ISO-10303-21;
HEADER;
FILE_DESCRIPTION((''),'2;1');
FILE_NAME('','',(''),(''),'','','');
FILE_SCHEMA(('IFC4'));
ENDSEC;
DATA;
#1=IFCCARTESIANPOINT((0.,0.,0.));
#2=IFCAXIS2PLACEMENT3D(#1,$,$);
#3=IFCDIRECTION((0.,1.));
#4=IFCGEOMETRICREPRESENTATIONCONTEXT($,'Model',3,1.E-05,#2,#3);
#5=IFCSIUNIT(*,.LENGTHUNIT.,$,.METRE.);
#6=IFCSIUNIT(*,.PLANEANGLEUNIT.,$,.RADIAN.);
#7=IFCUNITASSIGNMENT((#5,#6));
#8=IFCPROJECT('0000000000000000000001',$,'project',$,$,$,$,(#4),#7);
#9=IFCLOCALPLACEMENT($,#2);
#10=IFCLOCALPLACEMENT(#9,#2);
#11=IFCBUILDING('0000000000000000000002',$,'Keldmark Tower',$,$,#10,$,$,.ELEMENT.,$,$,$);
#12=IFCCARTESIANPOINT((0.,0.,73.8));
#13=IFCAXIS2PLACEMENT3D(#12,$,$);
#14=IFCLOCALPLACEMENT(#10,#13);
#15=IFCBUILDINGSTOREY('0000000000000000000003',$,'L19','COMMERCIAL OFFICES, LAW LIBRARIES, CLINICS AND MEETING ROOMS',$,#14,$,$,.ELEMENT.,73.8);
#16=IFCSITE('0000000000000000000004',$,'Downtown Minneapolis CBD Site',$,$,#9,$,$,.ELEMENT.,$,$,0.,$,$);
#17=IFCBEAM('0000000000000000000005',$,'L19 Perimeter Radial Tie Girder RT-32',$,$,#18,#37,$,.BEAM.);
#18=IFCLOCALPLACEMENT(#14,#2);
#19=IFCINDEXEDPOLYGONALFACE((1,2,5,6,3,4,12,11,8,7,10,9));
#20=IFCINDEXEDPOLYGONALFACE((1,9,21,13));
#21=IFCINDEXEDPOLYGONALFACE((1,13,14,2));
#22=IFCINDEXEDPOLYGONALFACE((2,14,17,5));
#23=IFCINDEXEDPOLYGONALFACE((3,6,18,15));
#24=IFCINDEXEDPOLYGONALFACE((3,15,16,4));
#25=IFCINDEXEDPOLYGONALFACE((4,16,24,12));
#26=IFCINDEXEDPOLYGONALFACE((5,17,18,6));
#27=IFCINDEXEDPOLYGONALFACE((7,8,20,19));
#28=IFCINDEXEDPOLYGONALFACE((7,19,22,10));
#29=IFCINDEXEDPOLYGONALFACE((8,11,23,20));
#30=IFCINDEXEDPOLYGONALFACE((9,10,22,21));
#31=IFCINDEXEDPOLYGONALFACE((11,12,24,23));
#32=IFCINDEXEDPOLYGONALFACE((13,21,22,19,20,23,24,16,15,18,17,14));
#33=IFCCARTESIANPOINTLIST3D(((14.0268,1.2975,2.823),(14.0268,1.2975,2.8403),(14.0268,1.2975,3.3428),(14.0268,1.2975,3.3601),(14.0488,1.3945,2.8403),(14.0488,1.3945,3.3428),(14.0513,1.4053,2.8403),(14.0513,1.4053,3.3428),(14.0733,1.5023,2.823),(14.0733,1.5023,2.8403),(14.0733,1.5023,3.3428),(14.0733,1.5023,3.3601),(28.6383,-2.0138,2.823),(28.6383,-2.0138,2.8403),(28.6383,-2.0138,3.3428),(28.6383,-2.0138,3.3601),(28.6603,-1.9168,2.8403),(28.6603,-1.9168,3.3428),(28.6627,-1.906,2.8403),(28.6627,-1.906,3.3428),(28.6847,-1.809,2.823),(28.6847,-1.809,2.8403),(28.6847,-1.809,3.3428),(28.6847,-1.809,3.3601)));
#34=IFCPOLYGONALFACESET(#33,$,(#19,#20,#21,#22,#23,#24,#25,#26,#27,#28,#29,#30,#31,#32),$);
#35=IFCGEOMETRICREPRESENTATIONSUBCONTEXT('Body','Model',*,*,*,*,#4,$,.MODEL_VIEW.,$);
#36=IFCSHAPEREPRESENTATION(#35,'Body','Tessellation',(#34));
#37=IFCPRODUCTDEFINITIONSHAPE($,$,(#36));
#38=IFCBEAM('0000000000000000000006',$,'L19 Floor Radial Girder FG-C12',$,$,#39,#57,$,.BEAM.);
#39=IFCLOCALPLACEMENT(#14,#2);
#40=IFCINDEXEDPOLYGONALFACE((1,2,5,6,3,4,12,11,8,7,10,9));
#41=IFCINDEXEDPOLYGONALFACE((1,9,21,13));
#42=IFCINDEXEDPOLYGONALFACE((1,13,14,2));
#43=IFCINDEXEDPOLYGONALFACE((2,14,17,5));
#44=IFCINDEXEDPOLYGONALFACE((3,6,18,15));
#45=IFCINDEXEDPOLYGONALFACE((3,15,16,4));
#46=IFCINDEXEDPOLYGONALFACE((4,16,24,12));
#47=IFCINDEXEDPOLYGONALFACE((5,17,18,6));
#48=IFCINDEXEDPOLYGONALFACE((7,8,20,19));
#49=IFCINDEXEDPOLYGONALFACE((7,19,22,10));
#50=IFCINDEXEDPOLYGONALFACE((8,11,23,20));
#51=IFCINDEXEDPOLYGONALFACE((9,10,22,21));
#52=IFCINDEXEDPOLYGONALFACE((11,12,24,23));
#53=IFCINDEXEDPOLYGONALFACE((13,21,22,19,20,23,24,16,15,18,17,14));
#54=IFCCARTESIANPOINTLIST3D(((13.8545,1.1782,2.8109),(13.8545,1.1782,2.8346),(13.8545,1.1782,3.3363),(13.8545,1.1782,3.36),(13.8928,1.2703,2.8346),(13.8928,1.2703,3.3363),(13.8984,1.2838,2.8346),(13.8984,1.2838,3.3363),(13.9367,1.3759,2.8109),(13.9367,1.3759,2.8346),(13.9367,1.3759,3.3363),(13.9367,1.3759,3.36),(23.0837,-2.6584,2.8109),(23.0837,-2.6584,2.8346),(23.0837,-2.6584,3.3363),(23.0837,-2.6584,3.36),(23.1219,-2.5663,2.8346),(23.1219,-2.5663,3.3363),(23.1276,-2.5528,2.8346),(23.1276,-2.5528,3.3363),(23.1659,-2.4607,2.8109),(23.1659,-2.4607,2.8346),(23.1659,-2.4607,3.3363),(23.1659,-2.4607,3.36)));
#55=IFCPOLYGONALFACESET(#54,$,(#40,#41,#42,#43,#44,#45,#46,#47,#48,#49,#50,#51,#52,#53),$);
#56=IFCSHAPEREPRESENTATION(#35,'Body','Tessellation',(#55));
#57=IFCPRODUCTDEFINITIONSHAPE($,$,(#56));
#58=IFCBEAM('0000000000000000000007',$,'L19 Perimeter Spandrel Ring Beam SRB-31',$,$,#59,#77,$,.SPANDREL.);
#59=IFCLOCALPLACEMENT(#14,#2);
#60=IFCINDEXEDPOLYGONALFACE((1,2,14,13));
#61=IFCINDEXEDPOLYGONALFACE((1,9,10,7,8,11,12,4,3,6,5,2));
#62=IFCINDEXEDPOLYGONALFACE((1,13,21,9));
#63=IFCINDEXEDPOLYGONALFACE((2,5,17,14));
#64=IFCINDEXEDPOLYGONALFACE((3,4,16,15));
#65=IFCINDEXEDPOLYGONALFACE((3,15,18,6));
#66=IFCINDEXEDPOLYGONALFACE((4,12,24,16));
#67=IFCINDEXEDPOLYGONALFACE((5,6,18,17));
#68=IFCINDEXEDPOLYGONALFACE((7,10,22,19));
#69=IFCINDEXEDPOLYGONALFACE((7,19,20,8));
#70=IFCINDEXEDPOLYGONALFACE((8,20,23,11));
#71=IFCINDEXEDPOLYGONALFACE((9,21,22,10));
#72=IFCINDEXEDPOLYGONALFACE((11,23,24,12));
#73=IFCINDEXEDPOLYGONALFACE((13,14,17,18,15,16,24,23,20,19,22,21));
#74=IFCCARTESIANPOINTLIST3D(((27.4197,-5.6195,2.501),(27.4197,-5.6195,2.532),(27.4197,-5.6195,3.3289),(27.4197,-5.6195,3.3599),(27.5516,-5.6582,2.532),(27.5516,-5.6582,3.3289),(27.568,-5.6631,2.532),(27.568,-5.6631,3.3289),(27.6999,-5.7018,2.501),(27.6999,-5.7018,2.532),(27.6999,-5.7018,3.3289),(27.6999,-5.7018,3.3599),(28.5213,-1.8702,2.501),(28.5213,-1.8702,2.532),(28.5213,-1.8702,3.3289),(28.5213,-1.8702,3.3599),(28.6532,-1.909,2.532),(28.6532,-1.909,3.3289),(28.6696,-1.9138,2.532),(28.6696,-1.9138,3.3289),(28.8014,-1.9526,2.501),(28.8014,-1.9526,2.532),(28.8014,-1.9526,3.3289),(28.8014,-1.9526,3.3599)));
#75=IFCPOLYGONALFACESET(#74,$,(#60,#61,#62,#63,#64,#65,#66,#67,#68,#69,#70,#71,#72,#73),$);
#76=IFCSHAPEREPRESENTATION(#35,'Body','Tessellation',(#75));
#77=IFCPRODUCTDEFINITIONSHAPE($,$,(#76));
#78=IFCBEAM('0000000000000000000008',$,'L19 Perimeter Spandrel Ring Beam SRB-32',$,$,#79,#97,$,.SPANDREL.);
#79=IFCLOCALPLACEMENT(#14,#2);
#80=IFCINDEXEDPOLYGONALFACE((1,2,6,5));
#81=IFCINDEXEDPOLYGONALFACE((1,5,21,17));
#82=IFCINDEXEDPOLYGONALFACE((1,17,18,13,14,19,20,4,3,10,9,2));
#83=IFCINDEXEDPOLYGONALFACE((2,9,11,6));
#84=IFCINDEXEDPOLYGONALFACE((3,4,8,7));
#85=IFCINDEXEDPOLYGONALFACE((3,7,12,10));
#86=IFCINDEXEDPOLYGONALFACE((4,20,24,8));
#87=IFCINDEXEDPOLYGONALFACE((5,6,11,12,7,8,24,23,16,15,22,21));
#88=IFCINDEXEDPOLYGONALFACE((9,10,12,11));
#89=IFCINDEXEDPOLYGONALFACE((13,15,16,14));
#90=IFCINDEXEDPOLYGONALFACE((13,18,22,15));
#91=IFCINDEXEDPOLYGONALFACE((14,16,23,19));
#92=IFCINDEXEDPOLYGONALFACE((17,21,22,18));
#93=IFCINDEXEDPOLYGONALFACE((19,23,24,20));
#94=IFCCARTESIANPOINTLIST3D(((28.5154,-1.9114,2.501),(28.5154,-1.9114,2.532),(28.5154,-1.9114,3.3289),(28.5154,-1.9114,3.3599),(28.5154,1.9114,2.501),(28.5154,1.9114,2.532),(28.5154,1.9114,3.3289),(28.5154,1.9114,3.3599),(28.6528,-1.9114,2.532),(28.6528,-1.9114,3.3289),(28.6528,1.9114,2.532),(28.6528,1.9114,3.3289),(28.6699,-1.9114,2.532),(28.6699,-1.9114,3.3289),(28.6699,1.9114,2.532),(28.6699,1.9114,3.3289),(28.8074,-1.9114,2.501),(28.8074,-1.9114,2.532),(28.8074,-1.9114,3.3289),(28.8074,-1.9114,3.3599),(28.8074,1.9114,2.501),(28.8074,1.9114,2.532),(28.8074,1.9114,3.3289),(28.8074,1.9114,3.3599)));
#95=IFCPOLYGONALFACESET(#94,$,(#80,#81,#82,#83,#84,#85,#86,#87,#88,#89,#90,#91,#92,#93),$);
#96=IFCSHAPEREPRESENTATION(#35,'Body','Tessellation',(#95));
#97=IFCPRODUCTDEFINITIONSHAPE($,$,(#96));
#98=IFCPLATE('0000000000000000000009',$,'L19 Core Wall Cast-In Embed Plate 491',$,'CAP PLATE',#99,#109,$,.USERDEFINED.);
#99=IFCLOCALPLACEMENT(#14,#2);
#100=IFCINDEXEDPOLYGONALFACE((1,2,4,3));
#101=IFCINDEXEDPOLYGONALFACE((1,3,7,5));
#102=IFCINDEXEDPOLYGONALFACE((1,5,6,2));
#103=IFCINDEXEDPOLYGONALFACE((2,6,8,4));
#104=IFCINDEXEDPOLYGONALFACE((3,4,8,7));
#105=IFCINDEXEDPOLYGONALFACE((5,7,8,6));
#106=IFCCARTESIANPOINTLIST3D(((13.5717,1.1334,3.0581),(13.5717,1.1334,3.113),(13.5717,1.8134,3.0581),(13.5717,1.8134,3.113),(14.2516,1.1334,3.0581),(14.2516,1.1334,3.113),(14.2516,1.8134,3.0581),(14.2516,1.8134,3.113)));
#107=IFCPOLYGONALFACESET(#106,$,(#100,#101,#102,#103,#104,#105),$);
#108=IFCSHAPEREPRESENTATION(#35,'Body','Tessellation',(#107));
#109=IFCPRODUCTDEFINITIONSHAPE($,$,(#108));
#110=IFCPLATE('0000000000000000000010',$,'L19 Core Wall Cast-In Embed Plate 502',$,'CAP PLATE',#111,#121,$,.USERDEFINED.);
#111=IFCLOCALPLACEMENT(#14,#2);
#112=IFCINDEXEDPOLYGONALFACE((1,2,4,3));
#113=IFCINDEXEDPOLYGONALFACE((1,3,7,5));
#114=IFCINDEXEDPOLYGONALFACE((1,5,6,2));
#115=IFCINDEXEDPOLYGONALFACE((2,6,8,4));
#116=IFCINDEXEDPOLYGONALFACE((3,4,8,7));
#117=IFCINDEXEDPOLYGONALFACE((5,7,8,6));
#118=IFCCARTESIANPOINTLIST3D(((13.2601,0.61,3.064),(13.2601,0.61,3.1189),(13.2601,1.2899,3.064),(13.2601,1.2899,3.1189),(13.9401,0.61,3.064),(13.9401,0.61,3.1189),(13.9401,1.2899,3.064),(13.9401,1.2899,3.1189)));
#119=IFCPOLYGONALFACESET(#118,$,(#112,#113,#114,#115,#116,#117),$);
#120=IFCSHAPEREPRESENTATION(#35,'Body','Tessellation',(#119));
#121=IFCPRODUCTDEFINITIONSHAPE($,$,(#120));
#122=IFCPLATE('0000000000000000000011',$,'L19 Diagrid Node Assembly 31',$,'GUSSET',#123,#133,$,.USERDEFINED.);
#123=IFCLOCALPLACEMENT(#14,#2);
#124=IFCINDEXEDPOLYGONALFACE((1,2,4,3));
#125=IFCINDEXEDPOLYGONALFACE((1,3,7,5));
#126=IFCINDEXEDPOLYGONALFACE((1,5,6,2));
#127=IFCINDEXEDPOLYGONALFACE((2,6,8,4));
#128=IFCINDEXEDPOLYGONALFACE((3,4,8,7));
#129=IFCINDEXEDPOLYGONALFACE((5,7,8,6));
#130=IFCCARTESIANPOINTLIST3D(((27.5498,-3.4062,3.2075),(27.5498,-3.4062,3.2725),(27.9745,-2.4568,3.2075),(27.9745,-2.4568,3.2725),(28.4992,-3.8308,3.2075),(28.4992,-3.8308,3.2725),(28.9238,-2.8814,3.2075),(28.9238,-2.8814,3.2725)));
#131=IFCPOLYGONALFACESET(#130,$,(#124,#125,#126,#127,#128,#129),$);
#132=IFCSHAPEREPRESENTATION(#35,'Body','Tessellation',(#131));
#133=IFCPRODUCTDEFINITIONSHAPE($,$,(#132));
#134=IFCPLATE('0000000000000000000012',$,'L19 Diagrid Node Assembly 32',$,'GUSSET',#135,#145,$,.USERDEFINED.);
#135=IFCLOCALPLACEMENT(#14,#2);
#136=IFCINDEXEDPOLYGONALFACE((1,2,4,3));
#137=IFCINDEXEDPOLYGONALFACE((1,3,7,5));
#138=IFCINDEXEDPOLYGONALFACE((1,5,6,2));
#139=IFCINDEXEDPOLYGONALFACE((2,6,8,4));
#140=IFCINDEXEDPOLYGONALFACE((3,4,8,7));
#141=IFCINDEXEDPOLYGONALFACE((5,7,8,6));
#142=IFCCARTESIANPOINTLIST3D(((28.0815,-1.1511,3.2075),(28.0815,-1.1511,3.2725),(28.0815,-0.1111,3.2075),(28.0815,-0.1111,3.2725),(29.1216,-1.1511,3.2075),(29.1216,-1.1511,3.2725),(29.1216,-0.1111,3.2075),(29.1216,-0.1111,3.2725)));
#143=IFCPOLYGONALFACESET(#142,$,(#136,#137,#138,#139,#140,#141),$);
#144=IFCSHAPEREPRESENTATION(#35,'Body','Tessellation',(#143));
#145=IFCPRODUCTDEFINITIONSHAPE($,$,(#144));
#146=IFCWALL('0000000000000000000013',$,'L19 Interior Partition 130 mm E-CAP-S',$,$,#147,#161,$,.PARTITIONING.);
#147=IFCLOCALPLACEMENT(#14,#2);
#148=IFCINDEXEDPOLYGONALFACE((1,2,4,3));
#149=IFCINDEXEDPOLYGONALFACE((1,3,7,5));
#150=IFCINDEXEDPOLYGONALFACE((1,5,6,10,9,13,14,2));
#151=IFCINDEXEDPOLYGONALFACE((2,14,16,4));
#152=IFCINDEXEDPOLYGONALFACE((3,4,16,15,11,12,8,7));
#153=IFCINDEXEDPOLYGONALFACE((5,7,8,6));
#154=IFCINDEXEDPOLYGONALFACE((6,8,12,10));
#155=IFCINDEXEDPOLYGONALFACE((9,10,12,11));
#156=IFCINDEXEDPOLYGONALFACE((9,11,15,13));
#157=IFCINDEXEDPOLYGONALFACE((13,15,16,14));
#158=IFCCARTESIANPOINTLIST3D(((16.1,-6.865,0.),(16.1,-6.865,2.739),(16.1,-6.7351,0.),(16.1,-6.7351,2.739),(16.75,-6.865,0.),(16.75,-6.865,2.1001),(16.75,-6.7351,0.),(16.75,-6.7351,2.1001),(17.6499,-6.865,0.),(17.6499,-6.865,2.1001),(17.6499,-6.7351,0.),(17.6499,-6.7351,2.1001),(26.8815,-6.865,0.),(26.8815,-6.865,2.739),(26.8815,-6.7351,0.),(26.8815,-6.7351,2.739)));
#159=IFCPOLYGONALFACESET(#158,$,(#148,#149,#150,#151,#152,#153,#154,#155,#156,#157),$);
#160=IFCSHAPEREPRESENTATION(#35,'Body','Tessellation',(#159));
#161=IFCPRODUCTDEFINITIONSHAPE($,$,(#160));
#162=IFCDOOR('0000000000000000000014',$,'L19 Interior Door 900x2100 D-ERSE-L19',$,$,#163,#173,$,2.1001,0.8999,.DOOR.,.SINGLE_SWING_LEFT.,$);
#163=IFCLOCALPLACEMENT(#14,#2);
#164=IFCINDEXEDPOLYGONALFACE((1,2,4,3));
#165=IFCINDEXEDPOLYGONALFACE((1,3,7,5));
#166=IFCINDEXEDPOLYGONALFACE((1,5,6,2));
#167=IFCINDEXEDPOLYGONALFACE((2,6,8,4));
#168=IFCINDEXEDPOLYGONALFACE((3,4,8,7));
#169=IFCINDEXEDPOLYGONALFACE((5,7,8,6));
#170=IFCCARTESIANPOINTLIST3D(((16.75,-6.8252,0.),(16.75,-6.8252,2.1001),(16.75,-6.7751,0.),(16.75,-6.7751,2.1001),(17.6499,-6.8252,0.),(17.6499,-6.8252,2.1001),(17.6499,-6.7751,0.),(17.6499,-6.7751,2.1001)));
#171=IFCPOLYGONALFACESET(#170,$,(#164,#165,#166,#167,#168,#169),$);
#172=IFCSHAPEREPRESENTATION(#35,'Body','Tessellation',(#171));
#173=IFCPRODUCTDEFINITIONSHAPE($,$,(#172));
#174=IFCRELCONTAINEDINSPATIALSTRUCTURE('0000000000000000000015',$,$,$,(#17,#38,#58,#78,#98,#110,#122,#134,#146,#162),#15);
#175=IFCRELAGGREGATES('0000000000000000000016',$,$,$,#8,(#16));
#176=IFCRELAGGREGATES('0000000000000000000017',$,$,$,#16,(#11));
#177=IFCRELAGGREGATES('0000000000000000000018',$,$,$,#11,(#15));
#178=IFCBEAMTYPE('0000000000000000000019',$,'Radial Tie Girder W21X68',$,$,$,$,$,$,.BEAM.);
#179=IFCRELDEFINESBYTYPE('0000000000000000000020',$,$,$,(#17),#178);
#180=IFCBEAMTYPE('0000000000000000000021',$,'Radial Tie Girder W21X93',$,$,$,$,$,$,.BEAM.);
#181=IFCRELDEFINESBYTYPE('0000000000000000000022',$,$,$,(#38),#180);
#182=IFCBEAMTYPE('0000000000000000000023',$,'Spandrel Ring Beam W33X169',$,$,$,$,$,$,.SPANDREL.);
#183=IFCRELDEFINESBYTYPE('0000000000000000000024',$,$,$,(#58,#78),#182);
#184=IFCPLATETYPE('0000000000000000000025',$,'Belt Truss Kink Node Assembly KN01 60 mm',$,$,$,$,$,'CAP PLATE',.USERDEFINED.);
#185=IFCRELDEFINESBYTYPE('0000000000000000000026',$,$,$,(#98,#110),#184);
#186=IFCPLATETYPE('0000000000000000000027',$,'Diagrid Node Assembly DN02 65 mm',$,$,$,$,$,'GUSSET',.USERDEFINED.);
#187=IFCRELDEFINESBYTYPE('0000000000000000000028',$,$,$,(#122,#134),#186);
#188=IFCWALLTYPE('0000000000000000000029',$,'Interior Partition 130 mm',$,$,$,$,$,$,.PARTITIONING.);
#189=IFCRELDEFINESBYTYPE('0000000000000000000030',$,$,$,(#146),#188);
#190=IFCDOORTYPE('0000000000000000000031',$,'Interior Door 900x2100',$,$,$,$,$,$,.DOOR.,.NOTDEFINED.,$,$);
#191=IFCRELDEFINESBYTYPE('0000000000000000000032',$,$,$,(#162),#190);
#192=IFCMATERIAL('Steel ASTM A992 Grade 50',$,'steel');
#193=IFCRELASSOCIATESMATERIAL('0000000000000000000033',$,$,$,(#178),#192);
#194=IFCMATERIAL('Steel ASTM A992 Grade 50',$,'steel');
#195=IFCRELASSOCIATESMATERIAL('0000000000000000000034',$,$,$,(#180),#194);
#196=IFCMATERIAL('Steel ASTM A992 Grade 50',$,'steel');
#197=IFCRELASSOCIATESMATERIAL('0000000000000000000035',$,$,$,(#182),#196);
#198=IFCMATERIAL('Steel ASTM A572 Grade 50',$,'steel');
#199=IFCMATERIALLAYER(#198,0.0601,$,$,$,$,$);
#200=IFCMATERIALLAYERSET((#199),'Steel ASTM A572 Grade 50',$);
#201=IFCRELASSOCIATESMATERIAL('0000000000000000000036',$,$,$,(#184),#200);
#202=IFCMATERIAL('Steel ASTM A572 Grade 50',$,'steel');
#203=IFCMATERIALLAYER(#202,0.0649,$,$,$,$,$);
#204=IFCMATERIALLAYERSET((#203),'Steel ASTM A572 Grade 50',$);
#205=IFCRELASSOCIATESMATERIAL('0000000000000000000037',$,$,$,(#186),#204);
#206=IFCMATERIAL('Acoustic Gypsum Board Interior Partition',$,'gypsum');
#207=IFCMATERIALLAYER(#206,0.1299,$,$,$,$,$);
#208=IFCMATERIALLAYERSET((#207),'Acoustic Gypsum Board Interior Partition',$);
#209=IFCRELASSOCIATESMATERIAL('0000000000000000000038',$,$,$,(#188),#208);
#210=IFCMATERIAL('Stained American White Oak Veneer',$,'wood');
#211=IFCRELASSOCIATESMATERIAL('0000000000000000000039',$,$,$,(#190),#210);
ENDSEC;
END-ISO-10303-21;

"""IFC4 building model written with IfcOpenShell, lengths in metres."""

from ifc_helpers import new_model, si_unit, direction, frame, frame_2d, origin, origin_2d, place, context, subcontext, project, spatial, rectangle, i_section, extrude, material, layer, layer_set, material_profile, profile_set, type_object, element, fill, save


model = new_model("IFC4")

# Units and contexts
model_context = context("Model", 3, precision=1e-05, world=origin(), true_north=direction((0.0, 1.0)))
body_context = subcontext(model_context, "Body", "Model", "MODEL_VIEW")
ifc_project = project(units=[si_unit("LENGTHUNIT", "METRE"), si_unit("PLANEANGLEUNIT", "RADIAN")], contexts=[model_context])

# Site, building, storey
site_placement = place(None, origin())
site = spatial("IfcSite", under=ifc_project, at=site_placement, Name="Downtown Minneapolis CBD Site", CompositionType="ELEMENT", RefElevation=0.0)
building_placement = place(site_placement, origin())
building = spatial("IfcBuilding", under=site, at=building_placement, Name="Keldmark Tower", CompositionType="ELEMENT")
storey_placement = place(building_placement, frame((0.0, 0.0, 73.8)))
storey = spatial("IfcBuildingStorey", under=building, at=storey_placement, Name="L19", Description="COMMERCIAL OFFICES, LAW LIBRARIES, CLINICS AND MEETING ROOMS", CompositionType="ELEMENT", Elevation=73.8)

# Beams
ifc_material_1 = material(Name="Steel ASTM A992 Grade 50", Category="steel")
ifc_material_profile_1 = material_profile(ifc_material_1, i_section(OverallWidth=0.21, OverallDepth=0.5371, WebThickness=0.011, FlangeThickness=0.0173, at=origin_2d()), Name="W21X68")
ifc_profile_set_1 = profile_set([ifc_material_profile_1], Name="Steel ASTM A992 Grade 50")
beam_type_1 = type_object("IfcBeamType", Name="Radial Tie Girder W21X68", PredefinedType="BEAM", material=ifc_profile_set_1)
beam_1_placement = place(storey_placement, frame((14.05, 1.3999, 3.0916), z_axis=(0.975269, -0.22102, 0.0), x_axis=(0.22102, 0.975269, 0.0)))
element("IfcBeam", 1, at=beam_1_placement, inside=storey, type_object=beam_type_1, Name="L19 Perimeter Radial Tie Girder RT-32", PredefinedType="BEAM", context=body_context, shape_type="SweptSolid", body=[
    extrude(i_section(OverallWidth=0.21, OverallDepth=0.5371, WebThickness=0.011, FlangeThickness=0.0173, at=origin_2d()), origin(), (0.0, 0.0, 1.0), 14.9819),
])
ifc_material_2 = material(Name="Steel ASTM A992 Grade 50", Category="steel")
ifc_material_profile_2 = material_profile(ifc_material_2, i_section(OverallWidth=0.2141, OverallDepth=0.5491, WebThickness=0.0146, FlangeThickness=0.0237, at=origin_2d()), Name="W21X93")
ifc_profile_set_2 = profile_set([ifc_material_profile_2], Name="Steel ASTM A992 Grade 50")
beam_type_2 = type_object("IfcBeamType", Name="Radial Tie Girder W21X93", PredefinedType="BEAM", material=ifc_profile_set_2)
beam_2_placement = place(storey_placement, frame((23.1248, -2.5596, 3.0854), z_axis=(-0.923391, 0.383861, 0.0), x_axis=(-0.383861, -0.923391, 0.0)))
element("IfcBeam", 2, at=beam_2_placement, inside=storey, type_object=beam_type_2, Name="L19 Floor Radial Girder FG-C12", PredefinedType="BEAM", context=body_context, shape_type="SweptSolid", body=[
    extrude(i_section(OverallWidth=0.2141, OverallDepth=0.5491, WebThickness=0.0146, FlangeThickness=0.0237, at=origin_2d()), origin(), (0.0, 0.0, 1.0), 9.9949),
])
ifc_material_3 = material(Name="Steel ASTM A992 Grade 50", Category="steel")
ifc_material_profile_3 = material_profile(ifc_material_3, i_section(OverallWidth=0.292, OverallDepth=0.8589, WebThickness=0.0171, FlangeThickness=0.031, at=origin_2d()), Name="W33X169")
ifc_profile_set_3 = profile_set([ifc_material_profile_3], Name="Steel ASTM A992 Grade 50")
beam_type_3 = type_object("IfcBeamType", Name="Spandrel Ring Beam W33X169", PredefinedType="SPANDREL", material=ifc_profile_set_3)
beam_3_placement = place(storey_placement, frame((27.5598, -5.6606, 2.9304), z_axis=(0.281892, 0.959446, 0.0), x_axis=(-0.959446, 0.281892, 0.0)))
element("IfcBeam", 3, at=beam_3_placement, inside=storey, type_object=beam_type_3, Name="L19 Perimeter Spandrel Ring Beam SRB-31", PredefinedType="SPANDREL", context=body_context, shape_type="SweptSolid", body=[
    extrude(i_section(OverallWidth=0.292, OverallDepth=0.8589, WebThickness=0.0171, FlangeThickness=0.031, at=origin_2d()), origin(), (0.0, 0.0, 1.0), 3.9077),
])
beam_4_placement = place(storey_placement, frame((28.6614, -1.9114, 2.9304), z_axis=(0.0, 1.0, 0.0), x_axis=(-1.0, 0.0, 0.0)))
element("IfcBeam", 4, at=beam_4_placement, inside=storey, type_object=beam_type_3, Name="L19 Perimeter Spandrel Ring Beam SRB-32", PredefinedType="SPANDREL", context=body_context, shape_type="SweptSolid", body=[
    extrude(i_section(OverallWidth=0.292, OverallDepth=0.8589, WebThickness=0.0171, FlangeThickness=0.031, at=origin_2d()), origin(), (0.0, 0.0, 1.0), 3.8228),
])

# Plates
ifc_material_4 = material(Name="Steel ASTM A572 Grade 50", Category="steel")
ifc_layer_1 = layer(ifc_material_4, 0.0601)
ifc_layer_set_1 = layer_set([ifc_layer_1], Name="Steel ASTM A572 Grade 50")
plate_type_1 = type_object("IfcPlateType", Name="Belt Truss Kink Node Assembly KN01 60 mm", ElementType="CAP PLATE", PredefinedType="USERDEFINED", material=ifc_layer_set_1)
for number, where, z_axis, x_axis, name in (
    (5, (13.9116, 1.4734, 3.0581), (0.0, 0.0, 1.0), (1.0, 0.0, 0.0), "L19 Core Wall Cast-In Embed Plate 491"),
    (6, (13.6001, 0.95, 3.064), (0.0, 0.0, 1.0), (1.0, 0.0, 0.0), "L19 Core Wall Cast-In Embed Plate 502"),
):
    element("IfcPlate", number, at=place(storey_placement, frame(where, z_axis=z_axis, x_axis=x_axis)), inside=storey, type_object=plate_type_1, Name=name, ObjectType="CAP PLATE", PredefinedType="USERDEFINED", context=body_context, shape_type="SweptSolid", body=[
        extrude(rectangle(XDim=0.6799, YDim=0.6799, at=origin_2d()), origin(), (0.0, 0.0, 1.0), 0.0549),
    ])
ifc_material_5 = material(Name="Steel ASTM A572 Grade 50", Category="steel")
ifc_layer_2 = layer(ifc_material_5, 0.0649)
ifc_layer_set_2 = layer_set([ifc_layer_2], Name="Steel ASTM A572 Grade 50")
plate_type_2 = type_object("IfcPlateType", Name="Diagrid Node Assembly DN02 65 mm", ElementType="GUSSET", PredefinedType="USERDEFINED", material=ifc_layer_set_2)
for number, where, z_axis, x_axis, name in (
    (7, (28.2368, -3.1438, 3.2075), (0.0, 0.0, 1.0), (0.40833, 0.912834, 0.0), "L19 Diagrid Node Assembly 31"),
    (8, (28.6016, -0.6311, 3.2075), (0.0, 0.0, 1.0), (0.0, 1.0, 0.0), "L19 Diagrid Node Assembly 32"),
):
    element("IfcPlate", number, at=place(storey_placement, frame(where, z_axis=z_axis, x_axis=x_axis)), inside=storey, type_object=plate_type_2, Name=name, ObjectType="GUSSET", PredefinedType="USERDEFINED", context=body_context, shape_type="SweptSolid", body=[
        extrude(rectangle(XDim=1.04, YDim=1.04, at=origin_2d()), origin(), (0.0, 0.0, 1.0), 0.0649),
    ])

# Wall, opening, door
ifc_material_6 = material(Name="Acoustic Gypsum Board Interior Partition", Category="gypsum")
ifc_layer_3 = layer(ifc_material_6, 0.1299)
ifc_layer_set_3 = layer_set([ifc_layer_3], Name="Acoustic Gypsum Board Interior Partition")
wall_type_1 = type_object("IfcWallType", Name="Interior Partition 130 mm", PredefinedType="PARTITIONING", material=ifc_layer_set_3)
wall_1_placement = place(storey_placement, frame((16.1001, -6.8, 0.0), z_axis=(0.0, 0.0, 1.0), x_axis=(1.0, 0.0, 0.0)))
wall_1 = element("IfcWall", 9, at=wall_1_placement, inside=storey, type_object=wall_type_1, Name="L19 Interior Partition 130 mm E-CAP-S", PredefinedType="PARTITIONING", context=body_context, shape_type="SweptSolid", body=[
    extrude(rectangle(XDim=10.7815, YDim=0.1299, at=frame_2d((5.3906, 0.0))), origin(), (0.0, 0.0, 1.0), 2.739),
])
opening_1_placement = place(wall_1_placement, frame((0.6499, 0.0, 0.0)))
opening_1 = element("IfcOpeningElement", 10, at=opening_1_placement, cuts=wall_1, PredefinedType="OPENING", context=body_context, shape_type="SweptSolid", body=[
    extrude(rectangle(XDim=0.8999, YDim=2.1001, at=frame_2d((0.45, 1.05))), frame((0.0, 0.075, 0.0), z_axis=(0.0, -1.0, 0.0), x_axis=(1.0, 0.0, 0.0)), (0.0, 0.0, 1.0), 0.1499),
])
ifc_material_7 = material(Name="Stained American White Oak Veneer", Category="wood")
door_type_1 = type_object("IfcDoorType", Name="Interior Door 900x2100", OperationType="NOTDEFINED", PredefinedType="DOOR", material=ifc_material_7)
door_1_placement = place(opening_1_placement, origin())
door_1 = element("IfcDoor", 11, at=door_1_placement, inside=storey, type_object=door_type_1, Name="L19 Interior Door 900x2100 D-ERSE-L19", OperationType="SINGLE_SWING_LEFT", OverallHeight=2.1001, OverallWidth=0.8999, PredefinedType="DOOR", context=body_context, shape_type="SweptSolid", body=[
    extrude(rectangle(XDim=0.8999, YDim=2.1001, at=frame_2d((0.45, 1.05))), frame((0.0, 0.0249, 0.0), z_axis=(0.0, -1.0, 0.0), x_axis=(1.0, 0.0, 0.0)), (0.0, 0.0, 1.0), 0.05),
])
fill(opening_1, door_1)

save(model, "model.ifc")
